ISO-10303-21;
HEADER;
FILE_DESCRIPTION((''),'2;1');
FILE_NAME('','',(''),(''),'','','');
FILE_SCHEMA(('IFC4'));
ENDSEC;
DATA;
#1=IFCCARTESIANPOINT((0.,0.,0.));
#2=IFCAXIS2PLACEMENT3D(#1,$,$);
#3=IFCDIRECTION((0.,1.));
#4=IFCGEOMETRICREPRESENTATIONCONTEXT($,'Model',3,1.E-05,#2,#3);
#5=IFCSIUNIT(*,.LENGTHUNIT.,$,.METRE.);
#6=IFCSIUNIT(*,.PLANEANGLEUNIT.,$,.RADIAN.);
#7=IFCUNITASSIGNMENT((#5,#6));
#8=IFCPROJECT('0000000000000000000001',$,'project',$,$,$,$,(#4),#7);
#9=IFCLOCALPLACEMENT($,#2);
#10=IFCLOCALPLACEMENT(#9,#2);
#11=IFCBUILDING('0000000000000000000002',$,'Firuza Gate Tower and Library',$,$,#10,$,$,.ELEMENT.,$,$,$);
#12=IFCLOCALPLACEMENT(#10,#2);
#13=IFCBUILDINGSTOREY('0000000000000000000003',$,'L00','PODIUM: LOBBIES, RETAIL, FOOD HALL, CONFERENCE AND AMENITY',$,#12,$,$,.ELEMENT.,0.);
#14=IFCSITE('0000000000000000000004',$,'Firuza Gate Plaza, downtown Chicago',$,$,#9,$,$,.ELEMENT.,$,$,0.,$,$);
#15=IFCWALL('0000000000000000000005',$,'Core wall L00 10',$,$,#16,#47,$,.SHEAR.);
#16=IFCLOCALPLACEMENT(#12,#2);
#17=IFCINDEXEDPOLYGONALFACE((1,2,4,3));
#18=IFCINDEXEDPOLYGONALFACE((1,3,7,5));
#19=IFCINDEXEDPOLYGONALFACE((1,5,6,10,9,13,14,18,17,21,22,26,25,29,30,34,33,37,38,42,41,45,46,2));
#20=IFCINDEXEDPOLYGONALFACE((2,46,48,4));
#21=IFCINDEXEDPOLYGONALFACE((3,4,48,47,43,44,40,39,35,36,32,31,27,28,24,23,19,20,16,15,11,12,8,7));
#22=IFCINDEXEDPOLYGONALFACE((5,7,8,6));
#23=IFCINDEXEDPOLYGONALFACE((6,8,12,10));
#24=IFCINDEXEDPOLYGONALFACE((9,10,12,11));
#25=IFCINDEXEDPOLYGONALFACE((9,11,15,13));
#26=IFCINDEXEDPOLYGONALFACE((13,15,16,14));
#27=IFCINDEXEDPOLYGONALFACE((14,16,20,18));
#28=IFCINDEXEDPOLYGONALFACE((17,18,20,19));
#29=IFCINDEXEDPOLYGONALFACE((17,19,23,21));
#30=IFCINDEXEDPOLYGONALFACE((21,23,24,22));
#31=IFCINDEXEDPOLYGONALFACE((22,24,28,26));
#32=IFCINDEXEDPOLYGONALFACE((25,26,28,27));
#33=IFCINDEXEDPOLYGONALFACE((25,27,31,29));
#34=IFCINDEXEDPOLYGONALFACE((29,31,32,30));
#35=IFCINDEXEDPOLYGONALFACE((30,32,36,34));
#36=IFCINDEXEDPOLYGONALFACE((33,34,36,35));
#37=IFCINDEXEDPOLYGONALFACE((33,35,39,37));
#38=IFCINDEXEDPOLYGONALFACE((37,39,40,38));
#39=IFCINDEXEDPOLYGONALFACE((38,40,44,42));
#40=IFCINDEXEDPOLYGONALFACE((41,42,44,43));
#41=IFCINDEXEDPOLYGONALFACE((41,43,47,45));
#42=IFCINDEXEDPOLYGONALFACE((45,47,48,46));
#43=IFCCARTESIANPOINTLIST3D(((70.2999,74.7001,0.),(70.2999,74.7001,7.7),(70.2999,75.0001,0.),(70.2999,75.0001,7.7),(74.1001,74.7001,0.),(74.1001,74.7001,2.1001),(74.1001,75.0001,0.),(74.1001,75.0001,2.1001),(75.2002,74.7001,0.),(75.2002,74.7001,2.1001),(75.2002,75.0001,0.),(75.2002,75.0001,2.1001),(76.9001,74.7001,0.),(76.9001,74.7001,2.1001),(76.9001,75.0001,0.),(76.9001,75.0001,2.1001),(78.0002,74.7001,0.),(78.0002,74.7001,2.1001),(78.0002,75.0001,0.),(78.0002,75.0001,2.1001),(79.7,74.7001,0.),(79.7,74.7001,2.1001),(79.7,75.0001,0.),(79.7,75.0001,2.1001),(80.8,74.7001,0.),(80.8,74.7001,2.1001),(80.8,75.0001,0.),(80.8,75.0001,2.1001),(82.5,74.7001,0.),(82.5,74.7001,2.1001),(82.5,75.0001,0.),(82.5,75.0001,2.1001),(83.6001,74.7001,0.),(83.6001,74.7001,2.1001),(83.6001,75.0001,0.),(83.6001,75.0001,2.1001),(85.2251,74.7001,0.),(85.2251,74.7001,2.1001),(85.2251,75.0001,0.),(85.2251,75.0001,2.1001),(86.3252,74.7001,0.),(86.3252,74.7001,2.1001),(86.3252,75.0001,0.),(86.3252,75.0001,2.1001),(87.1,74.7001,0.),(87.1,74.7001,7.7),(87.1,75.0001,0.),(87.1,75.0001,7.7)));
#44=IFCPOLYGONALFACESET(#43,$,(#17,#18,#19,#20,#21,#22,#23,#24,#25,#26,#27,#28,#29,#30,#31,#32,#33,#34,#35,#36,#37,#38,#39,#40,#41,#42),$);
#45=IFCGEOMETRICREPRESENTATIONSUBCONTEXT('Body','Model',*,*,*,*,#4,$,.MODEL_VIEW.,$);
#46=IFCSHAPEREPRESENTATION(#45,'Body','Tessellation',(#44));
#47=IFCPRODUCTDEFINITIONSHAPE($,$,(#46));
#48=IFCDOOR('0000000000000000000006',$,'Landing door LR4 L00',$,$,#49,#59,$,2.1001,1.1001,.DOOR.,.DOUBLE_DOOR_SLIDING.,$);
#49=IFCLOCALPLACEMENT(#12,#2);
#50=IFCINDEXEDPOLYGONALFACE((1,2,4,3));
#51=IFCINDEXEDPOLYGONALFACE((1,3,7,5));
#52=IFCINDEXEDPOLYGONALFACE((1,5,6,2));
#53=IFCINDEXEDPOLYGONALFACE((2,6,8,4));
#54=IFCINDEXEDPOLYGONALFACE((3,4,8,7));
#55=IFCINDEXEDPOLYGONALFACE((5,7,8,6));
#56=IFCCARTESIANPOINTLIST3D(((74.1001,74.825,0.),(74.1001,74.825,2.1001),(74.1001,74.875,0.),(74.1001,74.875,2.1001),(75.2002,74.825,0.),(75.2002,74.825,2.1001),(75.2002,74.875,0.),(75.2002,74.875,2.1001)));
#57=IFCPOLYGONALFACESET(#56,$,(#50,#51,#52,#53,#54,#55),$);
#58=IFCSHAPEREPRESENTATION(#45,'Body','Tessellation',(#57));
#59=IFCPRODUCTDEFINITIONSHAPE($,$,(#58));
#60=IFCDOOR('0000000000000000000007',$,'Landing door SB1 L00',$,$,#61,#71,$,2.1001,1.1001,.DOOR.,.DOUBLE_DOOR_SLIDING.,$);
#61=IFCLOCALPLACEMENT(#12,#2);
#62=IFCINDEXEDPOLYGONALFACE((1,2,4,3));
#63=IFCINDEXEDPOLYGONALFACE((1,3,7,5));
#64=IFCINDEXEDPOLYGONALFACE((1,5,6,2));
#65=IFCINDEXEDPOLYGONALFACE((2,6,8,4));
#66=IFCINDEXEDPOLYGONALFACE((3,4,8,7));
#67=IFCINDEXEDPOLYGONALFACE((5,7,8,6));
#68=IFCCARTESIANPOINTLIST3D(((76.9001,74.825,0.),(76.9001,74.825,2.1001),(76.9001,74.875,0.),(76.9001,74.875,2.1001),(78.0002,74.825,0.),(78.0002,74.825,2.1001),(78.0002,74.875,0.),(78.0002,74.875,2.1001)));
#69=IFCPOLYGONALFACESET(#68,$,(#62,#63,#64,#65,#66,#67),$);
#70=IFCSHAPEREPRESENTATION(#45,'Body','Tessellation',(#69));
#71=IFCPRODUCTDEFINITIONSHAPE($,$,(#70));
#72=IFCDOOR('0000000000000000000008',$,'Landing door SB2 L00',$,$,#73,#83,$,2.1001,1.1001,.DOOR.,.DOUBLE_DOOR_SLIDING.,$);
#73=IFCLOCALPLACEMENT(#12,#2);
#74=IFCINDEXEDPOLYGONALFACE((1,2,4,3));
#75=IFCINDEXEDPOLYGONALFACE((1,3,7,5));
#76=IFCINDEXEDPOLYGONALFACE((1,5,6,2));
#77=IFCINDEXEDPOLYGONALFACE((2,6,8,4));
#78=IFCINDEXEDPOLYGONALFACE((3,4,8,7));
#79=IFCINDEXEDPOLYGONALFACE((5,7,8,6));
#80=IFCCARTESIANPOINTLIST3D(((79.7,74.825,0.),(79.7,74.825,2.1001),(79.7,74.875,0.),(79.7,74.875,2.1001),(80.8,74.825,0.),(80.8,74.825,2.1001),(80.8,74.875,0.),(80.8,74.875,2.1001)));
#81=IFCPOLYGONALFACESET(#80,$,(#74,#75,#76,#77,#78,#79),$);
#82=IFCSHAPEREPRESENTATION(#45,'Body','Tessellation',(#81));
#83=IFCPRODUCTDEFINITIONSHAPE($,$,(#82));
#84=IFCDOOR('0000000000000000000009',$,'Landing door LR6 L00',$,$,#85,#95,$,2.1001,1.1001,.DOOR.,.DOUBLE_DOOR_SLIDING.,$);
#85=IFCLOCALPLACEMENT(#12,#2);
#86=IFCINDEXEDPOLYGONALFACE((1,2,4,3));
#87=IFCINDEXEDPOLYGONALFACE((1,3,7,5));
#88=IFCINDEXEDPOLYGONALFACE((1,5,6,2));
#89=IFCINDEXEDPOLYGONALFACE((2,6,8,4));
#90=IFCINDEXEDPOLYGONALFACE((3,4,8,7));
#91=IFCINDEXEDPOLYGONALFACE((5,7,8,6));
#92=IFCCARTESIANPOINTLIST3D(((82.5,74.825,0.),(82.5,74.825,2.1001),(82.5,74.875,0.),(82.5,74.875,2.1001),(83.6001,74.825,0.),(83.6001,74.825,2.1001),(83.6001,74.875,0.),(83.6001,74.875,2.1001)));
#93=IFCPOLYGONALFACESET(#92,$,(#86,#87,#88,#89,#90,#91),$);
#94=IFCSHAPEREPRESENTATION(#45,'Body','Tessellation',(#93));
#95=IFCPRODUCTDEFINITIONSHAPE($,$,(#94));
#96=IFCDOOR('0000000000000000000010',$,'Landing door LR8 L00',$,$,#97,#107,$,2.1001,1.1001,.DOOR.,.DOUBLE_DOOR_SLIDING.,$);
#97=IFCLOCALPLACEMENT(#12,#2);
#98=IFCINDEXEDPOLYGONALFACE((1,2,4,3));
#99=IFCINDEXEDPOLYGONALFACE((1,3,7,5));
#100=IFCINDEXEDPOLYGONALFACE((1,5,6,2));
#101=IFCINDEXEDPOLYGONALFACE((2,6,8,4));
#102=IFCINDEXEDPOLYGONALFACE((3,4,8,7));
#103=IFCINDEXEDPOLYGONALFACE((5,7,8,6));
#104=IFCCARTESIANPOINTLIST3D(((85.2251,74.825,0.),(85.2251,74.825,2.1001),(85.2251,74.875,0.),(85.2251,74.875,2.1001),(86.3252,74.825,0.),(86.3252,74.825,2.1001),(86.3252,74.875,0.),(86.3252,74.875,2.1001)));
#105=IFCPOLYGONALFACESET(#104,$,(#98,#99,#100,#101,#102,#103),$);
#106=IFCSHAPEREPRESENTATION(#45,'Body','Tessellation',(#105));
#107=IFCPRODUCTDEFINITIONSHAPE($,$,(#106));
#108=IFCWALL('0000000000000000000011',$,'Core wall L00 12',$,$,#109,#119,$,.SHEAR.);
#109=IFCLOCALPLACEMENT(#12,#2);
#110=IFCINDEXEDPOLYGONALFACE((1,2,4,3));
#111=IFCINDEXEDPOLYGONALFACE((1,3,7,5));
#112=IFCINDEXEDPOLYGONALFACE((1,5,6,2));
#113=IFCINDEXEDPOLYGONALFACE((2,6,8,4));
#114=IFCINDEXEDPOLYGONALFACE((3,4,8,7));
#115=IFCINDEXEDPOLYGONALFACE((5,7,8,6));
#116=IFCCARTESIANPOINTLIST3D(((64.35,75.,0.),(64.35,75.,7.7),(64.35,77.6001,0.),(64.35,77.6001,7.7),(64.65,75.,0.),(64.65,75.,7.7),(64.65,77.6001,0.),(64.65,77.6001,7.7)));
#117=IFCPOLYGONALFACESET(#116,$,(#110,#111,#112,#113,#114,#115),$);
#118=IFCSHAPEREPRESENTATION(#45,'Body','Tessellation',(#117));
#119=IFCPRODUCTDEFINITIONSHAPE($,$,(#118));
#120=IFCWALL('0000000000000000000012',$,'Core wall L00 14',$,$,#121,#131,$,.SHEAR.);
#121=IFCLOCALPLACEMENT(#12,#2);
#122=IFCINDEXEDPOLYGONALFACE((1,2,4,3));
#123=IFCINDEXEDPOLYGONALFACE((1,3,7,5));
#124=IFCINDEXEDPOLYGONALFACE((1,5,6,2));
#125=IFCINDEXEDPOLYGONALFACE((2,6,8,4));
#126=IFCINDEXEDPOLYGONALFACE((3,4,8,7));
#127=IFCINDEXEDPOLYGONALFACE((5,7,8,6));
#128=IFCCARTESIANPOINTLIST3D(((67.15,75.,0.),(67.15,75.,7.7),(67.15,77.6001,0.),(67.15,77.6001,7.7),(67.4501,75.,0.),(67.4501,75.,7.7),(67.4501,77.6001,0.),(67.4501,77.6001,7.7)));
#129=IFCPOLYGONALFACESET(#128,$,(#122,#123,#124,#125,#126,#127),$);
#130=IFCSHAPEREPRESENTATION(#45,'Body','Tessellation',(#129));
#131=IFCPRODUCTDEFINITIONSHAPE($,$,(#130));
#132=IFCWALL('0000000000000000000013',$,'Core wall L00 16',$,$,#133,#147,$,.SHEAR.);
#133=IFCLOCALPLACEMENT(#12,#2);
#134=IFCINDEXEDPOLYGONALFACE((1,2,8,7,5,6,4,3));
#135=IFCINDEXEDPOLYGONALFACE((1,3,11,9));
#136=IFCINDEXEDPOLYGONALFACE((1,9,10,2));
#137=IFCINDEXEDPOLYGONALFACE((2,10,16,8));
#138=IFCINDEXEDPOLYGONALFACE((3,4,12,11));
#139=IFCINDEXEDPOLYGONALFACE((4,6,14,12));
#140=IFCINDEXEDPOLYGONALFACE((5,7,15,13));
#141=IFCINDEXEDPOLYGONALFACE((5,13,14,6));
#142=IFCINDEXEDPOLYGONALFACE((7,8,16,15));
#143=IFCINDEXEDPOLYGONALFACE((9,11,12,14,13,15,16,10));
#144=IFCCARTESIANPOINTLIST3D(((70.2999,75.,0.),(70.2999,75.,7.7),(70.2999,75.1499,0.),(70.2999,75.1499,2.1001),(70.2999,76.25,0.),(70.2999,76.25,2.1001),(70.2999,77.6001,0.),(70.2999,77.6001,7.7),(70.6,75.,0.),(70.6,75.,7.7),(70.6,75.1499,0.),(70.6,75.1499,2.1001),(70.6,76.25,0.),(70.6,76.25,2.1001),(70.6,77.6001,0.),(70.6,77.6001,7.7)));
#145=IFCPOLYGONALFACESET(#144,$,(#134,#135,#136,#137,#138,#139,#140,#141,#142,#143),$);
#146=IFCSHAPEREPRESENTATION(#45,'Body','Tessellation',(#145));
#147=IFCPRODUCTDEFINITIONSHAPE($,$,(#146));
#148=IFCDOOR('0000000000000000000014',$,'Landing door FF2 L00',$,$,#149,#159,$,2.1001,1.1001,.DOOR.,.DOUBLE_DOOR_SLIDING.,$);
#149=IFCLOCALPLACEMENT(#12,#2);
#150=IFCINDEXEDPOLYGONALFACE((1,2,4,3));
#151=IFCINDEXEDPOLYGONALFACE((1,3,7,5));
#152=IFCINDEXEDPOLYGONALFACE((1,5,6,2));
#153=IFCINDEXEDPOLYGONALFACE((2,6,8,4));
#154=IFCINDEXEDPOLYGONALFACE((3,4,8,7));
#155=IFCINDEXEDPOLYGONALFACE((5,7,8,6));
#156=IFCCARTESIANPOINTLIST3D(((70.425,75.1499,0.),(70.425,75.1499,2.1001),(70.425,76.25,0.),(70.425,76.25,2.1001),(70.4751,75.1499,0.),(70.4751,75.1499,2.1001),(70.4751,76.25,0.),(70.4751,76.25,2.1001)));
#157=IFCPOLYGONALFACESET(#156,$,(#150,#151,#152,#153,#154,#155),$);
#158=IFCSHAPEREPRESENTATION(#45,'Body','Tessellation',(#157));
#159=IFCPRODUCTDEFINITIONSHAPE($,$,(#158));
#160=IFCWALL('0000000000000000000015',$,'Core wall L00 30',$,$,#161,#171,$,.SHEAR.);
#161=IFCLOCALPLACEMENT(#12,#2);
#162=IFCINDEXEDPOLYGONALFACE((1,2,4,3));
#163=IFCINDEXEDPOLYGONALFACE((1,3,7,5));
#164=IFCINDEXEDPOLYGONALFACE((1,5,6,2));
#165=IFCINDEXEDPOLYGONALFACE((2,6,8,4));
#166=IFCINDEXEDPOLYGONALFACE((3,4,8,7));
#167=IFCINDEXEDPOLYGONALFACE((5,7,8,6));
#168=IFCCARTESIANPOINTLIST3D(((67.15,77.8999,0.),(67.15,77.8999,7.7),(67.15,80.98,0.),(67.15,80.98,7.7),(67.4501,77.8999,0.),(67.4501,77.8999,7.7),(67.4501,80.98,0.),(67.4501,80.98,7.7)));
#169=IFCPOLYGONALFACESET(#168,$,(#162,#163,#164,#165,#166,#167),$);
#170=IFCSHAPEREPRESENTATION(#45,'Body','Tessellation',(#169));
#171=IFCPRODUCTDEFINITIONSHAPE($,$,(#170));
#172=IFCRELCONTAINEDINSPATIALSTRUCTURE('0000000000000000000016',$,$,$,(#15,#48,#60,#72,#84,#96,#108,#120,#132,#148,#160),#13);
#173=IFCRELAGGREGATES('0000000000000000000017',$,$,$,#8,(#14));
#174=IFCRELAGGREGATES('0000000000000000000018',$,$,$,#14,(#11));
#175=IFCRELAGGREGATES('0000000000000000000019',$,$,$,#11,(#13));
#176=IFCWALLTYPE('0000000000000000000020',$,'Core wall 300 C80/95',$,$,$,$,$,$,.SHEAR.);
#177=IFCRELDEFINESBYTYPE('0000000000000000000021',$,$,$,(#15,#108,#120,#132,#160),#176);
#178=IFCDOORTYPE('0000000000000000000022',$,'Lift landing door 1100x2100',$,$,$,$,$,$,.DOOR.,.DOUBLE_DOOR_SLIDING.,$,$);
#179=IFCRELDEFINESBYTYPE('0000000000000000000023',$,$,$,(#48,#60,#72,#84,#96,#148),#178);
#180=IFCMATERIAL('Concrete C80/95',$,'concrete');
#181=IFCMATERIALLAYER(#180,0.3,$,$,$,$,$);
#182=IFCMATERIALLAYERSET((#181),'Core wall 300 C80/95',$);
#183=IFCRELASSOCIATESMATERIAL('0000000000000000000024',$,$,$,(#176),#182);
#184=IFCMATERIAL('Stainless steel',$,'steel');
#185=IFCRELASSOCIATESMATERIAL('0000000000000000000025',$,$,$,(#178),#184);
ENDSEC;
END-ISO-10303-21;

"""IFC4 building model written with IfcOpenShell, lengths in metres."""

from ifc_helpers import new_model, si_unit, direction, frame, frame_2d, origin, place, context, subcontext, project, spatial, rectangle, extrude, material, layer, layer_set, type_object, element, fill, save


model = new_model("IFC4")

# Units and contexts
model_context = context("Model", 3, precision=1e-05, world=origin(), true_north=direction((0.0, 1.0)))
body_context = subcontext(model_context, "Body", "Model", "MODEL_VIEW")
ifc_project = project(units=[si_unit("LENGTHUNIT", "METRE"), si_unit("PLANEANGLEUNIT", "RADIAN")], contexts=[model_context])

# Site, building, storey
site_placement = place(None, origin())
site = spatial("IfcSite", under=ifc_project, at=site_placement, Name="Firuza Gate Plaza, downtown Chicago", CompositionType="ELEMENT", RefElevation=0.0)
building_placement = place(site_placement, origin())
building = spatial("IfcBuilding", under=site, at=building_placement, Name="Firuza Gate Tower and Library", CompositionType="ELEMENT")
storey_placement = place(building_placement, origin())
storey = spatial("IfcBuildingStorey", under=building, at=storey_placement, Name="L00", Description="PODIUM: LOBBIES, RETAIL, FOOD HALL, CONFERENCE AND AMENITY", CompositionType="ELEMENT", Elevation=0.0)

# Wall, openings, doors
ifc_material_1 = material(Name="Concrete C80/95", Category="concrete")
ifc_layer_1 = layer(ifc_material_1, 0.3)
ifc_layer_set_1 = layer_set([ifc_layer_1], Name="Core wall 300 C80/95")
wall_type_1 = type_object("IfcWallType", Name="Core wall 300 C80/95", PredefinedType="SHEAR", material=ifc_layer_set_1)
ifc_material_2 = material(Name="Stainless steel", Category="steel")
door_type_1 = type_object("IfcDoorType", Name="Lift landing door 1100x2100", OperationType="DOUBLE_DOOR_SLIDING", PredefinedType="DOOR", material=ifc_material_2)
wall_1_placement = place(storey_placement, frame((70.3, 74.8501, 0.0), z_axis=(0.0, 0.0, 1.0), x_axis=(1.0, 0.0, 0.0)))
wall_1 = element("IfcWall", 1, at=wall_1_placement, inside=storey, type_object=wall_type_1, Name="Core wall L00 10", PredefinedType="SHEAR", context=body_context, shape_type="SweptSolid", body=[
    extrude(rectangle(XDim=16.8, YDim=0.3, at=frame_2d((8.3999, 0.0))), origin(), (0.0, 0.0, 1.0), 7.7),
])
opening_1_placement = place(wall_1_placement, frame((3.8, 0.0, 0.0)))
opening_1 = element("IfcOpeningElement", 2, at=opening_1_placement, cuts=wall_1, PredefinedType="OPENING", context=body_context, shape_type="SweptSolid", body=[
    extrude(rectangle(XDim=1.1001, YDim=2.1001, at=frame_2d((0.55, 1.05))), frame((0.0, 0.1602, 0.0), z_axis=(0.0, -1.0, 0.0), x_axis=(1.0, 0.0, 0.0)), (0.0, 0.0, 1.0), 0.3201),
])
opening_2_placement = place(wall_1_placement, frame((6.6001, 0.0, 0.0)))
opening_2 = element("IfcOpeningElement", 3, at=opening_2_placement, cuts=wall_1, PredefinedType="OPENING", context=body_context, shape_type="SweptSolid", body=[
    extrude(rectangle(XDim=1.1001, YDim=2.1001, at=frame_2d((0.55, 1.05))), frame((0.0, 0.1602, 0.0), z_axis=(0.0, -1.0, 0.0), x_axis=(1.0, 0.0, 0.0)), (0.0, 0.0, 1.0), 0.3201),
])
opening_3_placement = place(wall_1_placement, frame((9.3999, 0.0, 0.0)))
opening_3 = element("IfcOpeningElement", 4, at=opening_3_placement, cuts=wall_1, PredefinedType="OPENING", context=body_context, shape_type="SweptSolid", body=[
    extrude(rectangle(XDim=1.1001, YDim=2.1001, at=frame_2d((0.55, 1.05))), frame((0.0, 0.1602, 0.0), z_axis=(0.0, -1.0, 0.0), x_axis=(1.0, 0.0, 0.0)), (0.0, 0.0, 1.0), 0.3201),
])
opening_4_placement = place(wall_1_placement, frame((12.2, 0.0, 0.0)))
opening_4 = element("IfcOpeningElement", 5, at=opening_4_placement, cuts=wall_1, PredefinedType="OPENING", context=body_context, shape_type="SweptSolid", body=[
    extrude(rectangle(XDim=1.1001, YDim=2.1001, at=frame_2d((0.55, 1.05))), frame((0.0, 0.1602, 0.0), z_axis=(0.0, -1.0, 0.0), x_axis=(1.0, 0.0, 0.0)), (0.0, 0.0, 1.0), 0.3201),
])
opening_5_placement = place(wall_1_placement, frame((14.925, 0.0, 0.0)))
opening_5 = element("IfcOpeningElement", 6, at=opening_5_placement, cuts=wall_1, PredefinedType="OPENING", context=body_context, shape_type="SweptSolid", body=[
    extrude(rectangle(XDim=1.1001, YDim=2.1001, at=frame_2d((0.55, 1.05))), frame((0.0, 0.1602, 0.0), z_axis=(0.0, -1.0, 0.0), x_axis=(1.0, 0.0, 0.0)), (0.0, 0.0, 1.0), 0.3201),
])
door_1_placement = place(opening_1_placement, origin())
door_1 = element("IfcDoor", 7, at=door_1_placement, inside=storey, type_object=door_type_1, Name="Landing door LR4 L00", OperationType="DOUBLE_DOOR_SLIDING", OverallHeight=2.1001, OverallWidth=1.1001, PredefinedType="DOOR", context=body_context, shape_type="SweptSolid", body=[
    extrude(rectangle(XDim=1.1001, YDim=2.1001, at=frame_2d((0.55, 1.05))), frame((0.0, 0.0249, 0.0), z_axis=(0.0, -1.0, 0.0), x_axis=(1.0, 0.0, 0.0)), (0.0, 0.0, 1.0), 0.05),
])
fill(opening_1, door_1)
door_2_placement = place(opening_2_placement, origin())
door_2 = element("IfcDoor", 8, at=door_2_placement, inside=storey, type_object=door_type_1, Name="Landing door SB1 L00", OperationType="DOUBLE_DOOR_SLIDING", OverallHeight=2.1001, OverallWidth=1.1001, PredefinedType="DOOR", context=body_context, shape_type="SweptSolid", body=[
    extrude(rectangle(XDim=1.1001, YDim=2.1001, at=frame_2d((0.55, 1.05))), frame((0.0, 0.0249, 0.0), z_axis=(0.0, -1.0, 0.0), x_axis=(1.0, 0.0, 0.0)), (0.0, 0.0, 1.0), 0.05),
])
fill(opening_2, door_2)
door_3_placement = place(opening_3_placement, origin())
door_3 = element("IfcDoor", 9, at=door_3_placement, inside=storey, type_object=door_type_1, Name="Landing door SB2 L00", OperationType="DOUBLE_DOOR_SLIDING", OverallHeight=2.1001, OverallWidth=1.1001, PredefinedType="DOOR", context=body_context, shape_type="SweptSolid", body=[
    extrude(rectangle(XDim=1.1001, YDim=2.1001, at=frame_2d((0.55, 1.05))), frame((0.0, 0.0249, 0.0), z_axis=(0.0, -1.0, 0.0), x_axis=(1.0, 0.0, 0.0)), (0.0, 0.0, 1.0), 0.05),
])
fill(opening_3, door_3)
door_4_placement = place(opening_4_placement, origin())
door_4 = element("IfcDoor", 10, at=door_4_placement, inside=storey, type_object=door_type_1, Name="Landing door LR6 L00", OperationType="DOUBLE_DOOR_SLIDING", OverallHeight=2.1001, OverallWidth=1.1001, PredefinedType="DOOR", context=body_context, shape_type="SweptSolid", body=[
    extrude(rectangle(XDim=1.1001, YDim=2.1001, at=frame_2d((0.55, 1.05))), frame((0.0, 0.0249, 0.0), z_axis=(0.0, -1.0, 0.0), x_axis=(1.0, 0.0, 0.0)), (0.0, 0.0, 1.0), 0.05),
])
fill(opening_4, door_4)
door_5_placement = place(opening_5_placement, origin())
door_5 = element("IfcDoor", 11, at=door_5_placement, inside=storey, type_object=door_type_1, Name="Landing door LR8 L00", OperationType="DOUBLE_DOOR_SLIDING", OverallHeight=2.1001, OverallWidth=1.1001, PredefinedType="DOOR", context=body_context, shape_type="SweptSolid", body=[
    extrude(rectangle(XDim=1.1001, YDim=2.1001, at=frame_2d((0.55, 1.05))), frame((0.0, 0.0249, 0.0), z_axis=(0.0, -1.0, 0.0), x_axis=(1.0, 0.0, 0.0)), (0.0, 0.0, 1.0), 0.05),
])
fill(opening_5, door_5)

# Walls
for number, where, z_axis, x_axis, name in (
    (12, (64.5, 75.0, 0.0), (0.0, 0.0, 1.0), (0.0, 1.0, 0.0), "Core wall L00 12"),
    (13, (67.3, 75.0, 0.0), (0.0, 0.0, 1.0), (0.0, 1.0, 0.0), "Core wall L00 14"),
):
    element("IfcWall", number, at=place(storey_placement, frame(where, z_axis=z_axis, x_axis=x_axis)), inside=storey, type_object=wall_type_1, Name=name, PredefinedType="SHEAR", context=body_context, shape_type="SweptSolid", body=[
        extrude(rectangle(XDim=2.6001, YDim=0.3, at=frame_2d((1.3, 0.0))), origin(), (0.0, 0.0, 1.0), 7.7),
    ])

# Wall, opening, door
wall_2_placement = place(storey_placement, frame((70.45, 75.0, 0.0), z_axis=(0.0, 0.0, 1.0), x_axis=(0.0, 1.0, 0.0)))
wall_2 = element("IfcWall", 14, at=wall_2_placement, inside=storey, type_object=wall_type_1, Name="Core wall L00 16", PredefinedType="SHEAR", context=body_context, shape_type="SweptSolid", body=[
    extrude(rectangle(XDim=2.6001, YDim=0.3, at=frame_2d((1.3, 0.0))), origin(), (0.0, 0.0, 1.0), 7.7),
])
opening_6_placement = place(wall_2_placement, frame((0.1499, 0.0, 0.0)))
opening_6 = element("IfcOpeningElement", 15, at=opening_6_placement, cuts=wall_2, PredefinedType="OPENING", context=body_context, shape_type="SweptSolid", body=[
    extrude(rectangle(XDim=1.1001, YDim=2.1001, at=frame_2d((0.55, 1.05))), frame((0.0, 0.1602, 0.0), z_axis=(0.0, -1.0, 0.0), x_axis=(1.0, 0.0, 0.0)), (0.0, 0.0, 1.0), 0.3201),
])
door_6_placement = place(opening_6_placement, origin())
door_6 = element("IfcDoor", 16, at=door_6_placement, inside=storey, type_object=door_type_1, Name="Landing door FF2 L00", OperationType="DOUBLE_DOOR_SLIDING", OverallHeight=2.1001, OverallWidth=1.1001, PredefinedType="DOOR", context=body_context, shape_type="SweptSolid", body=[
    extrude(rectangle(XDim=1.1001, YDim=2.1001, at=frame_2d((0.55, 1.05))), frame((0.0, 0.0249, 0.0), z_axis=(0.0, -1.0, 0.0), x_axis=(1.0, 0.0, 0.0)), (0.0, 0.0, 1.0), 0.05),
])
fill(opening_6, door_6)

# Wall
wall_3_placement = place(storey_placement, frame((67.3, 77.8999, 0.0), z_axis=(0.0, 0.0, 1.0), x_axis=(0.0, 1.0, 0.0)))
element("IfcWall", 17, at=wall_3_placement, inside=storey, type_object=wall_type_1, Name="Core wall L00 30", PredefinedType="SHEAR", context=body_context, shape_type="SweptSolid", body=[
    extrude(rectangle(XDim=3.0801, YDim=0.3, at=frame_2d((1.54, 0.0))), origin(), (0.0, 0.0, 1.0), 7.7),
])

save(model, "model.ifc")
